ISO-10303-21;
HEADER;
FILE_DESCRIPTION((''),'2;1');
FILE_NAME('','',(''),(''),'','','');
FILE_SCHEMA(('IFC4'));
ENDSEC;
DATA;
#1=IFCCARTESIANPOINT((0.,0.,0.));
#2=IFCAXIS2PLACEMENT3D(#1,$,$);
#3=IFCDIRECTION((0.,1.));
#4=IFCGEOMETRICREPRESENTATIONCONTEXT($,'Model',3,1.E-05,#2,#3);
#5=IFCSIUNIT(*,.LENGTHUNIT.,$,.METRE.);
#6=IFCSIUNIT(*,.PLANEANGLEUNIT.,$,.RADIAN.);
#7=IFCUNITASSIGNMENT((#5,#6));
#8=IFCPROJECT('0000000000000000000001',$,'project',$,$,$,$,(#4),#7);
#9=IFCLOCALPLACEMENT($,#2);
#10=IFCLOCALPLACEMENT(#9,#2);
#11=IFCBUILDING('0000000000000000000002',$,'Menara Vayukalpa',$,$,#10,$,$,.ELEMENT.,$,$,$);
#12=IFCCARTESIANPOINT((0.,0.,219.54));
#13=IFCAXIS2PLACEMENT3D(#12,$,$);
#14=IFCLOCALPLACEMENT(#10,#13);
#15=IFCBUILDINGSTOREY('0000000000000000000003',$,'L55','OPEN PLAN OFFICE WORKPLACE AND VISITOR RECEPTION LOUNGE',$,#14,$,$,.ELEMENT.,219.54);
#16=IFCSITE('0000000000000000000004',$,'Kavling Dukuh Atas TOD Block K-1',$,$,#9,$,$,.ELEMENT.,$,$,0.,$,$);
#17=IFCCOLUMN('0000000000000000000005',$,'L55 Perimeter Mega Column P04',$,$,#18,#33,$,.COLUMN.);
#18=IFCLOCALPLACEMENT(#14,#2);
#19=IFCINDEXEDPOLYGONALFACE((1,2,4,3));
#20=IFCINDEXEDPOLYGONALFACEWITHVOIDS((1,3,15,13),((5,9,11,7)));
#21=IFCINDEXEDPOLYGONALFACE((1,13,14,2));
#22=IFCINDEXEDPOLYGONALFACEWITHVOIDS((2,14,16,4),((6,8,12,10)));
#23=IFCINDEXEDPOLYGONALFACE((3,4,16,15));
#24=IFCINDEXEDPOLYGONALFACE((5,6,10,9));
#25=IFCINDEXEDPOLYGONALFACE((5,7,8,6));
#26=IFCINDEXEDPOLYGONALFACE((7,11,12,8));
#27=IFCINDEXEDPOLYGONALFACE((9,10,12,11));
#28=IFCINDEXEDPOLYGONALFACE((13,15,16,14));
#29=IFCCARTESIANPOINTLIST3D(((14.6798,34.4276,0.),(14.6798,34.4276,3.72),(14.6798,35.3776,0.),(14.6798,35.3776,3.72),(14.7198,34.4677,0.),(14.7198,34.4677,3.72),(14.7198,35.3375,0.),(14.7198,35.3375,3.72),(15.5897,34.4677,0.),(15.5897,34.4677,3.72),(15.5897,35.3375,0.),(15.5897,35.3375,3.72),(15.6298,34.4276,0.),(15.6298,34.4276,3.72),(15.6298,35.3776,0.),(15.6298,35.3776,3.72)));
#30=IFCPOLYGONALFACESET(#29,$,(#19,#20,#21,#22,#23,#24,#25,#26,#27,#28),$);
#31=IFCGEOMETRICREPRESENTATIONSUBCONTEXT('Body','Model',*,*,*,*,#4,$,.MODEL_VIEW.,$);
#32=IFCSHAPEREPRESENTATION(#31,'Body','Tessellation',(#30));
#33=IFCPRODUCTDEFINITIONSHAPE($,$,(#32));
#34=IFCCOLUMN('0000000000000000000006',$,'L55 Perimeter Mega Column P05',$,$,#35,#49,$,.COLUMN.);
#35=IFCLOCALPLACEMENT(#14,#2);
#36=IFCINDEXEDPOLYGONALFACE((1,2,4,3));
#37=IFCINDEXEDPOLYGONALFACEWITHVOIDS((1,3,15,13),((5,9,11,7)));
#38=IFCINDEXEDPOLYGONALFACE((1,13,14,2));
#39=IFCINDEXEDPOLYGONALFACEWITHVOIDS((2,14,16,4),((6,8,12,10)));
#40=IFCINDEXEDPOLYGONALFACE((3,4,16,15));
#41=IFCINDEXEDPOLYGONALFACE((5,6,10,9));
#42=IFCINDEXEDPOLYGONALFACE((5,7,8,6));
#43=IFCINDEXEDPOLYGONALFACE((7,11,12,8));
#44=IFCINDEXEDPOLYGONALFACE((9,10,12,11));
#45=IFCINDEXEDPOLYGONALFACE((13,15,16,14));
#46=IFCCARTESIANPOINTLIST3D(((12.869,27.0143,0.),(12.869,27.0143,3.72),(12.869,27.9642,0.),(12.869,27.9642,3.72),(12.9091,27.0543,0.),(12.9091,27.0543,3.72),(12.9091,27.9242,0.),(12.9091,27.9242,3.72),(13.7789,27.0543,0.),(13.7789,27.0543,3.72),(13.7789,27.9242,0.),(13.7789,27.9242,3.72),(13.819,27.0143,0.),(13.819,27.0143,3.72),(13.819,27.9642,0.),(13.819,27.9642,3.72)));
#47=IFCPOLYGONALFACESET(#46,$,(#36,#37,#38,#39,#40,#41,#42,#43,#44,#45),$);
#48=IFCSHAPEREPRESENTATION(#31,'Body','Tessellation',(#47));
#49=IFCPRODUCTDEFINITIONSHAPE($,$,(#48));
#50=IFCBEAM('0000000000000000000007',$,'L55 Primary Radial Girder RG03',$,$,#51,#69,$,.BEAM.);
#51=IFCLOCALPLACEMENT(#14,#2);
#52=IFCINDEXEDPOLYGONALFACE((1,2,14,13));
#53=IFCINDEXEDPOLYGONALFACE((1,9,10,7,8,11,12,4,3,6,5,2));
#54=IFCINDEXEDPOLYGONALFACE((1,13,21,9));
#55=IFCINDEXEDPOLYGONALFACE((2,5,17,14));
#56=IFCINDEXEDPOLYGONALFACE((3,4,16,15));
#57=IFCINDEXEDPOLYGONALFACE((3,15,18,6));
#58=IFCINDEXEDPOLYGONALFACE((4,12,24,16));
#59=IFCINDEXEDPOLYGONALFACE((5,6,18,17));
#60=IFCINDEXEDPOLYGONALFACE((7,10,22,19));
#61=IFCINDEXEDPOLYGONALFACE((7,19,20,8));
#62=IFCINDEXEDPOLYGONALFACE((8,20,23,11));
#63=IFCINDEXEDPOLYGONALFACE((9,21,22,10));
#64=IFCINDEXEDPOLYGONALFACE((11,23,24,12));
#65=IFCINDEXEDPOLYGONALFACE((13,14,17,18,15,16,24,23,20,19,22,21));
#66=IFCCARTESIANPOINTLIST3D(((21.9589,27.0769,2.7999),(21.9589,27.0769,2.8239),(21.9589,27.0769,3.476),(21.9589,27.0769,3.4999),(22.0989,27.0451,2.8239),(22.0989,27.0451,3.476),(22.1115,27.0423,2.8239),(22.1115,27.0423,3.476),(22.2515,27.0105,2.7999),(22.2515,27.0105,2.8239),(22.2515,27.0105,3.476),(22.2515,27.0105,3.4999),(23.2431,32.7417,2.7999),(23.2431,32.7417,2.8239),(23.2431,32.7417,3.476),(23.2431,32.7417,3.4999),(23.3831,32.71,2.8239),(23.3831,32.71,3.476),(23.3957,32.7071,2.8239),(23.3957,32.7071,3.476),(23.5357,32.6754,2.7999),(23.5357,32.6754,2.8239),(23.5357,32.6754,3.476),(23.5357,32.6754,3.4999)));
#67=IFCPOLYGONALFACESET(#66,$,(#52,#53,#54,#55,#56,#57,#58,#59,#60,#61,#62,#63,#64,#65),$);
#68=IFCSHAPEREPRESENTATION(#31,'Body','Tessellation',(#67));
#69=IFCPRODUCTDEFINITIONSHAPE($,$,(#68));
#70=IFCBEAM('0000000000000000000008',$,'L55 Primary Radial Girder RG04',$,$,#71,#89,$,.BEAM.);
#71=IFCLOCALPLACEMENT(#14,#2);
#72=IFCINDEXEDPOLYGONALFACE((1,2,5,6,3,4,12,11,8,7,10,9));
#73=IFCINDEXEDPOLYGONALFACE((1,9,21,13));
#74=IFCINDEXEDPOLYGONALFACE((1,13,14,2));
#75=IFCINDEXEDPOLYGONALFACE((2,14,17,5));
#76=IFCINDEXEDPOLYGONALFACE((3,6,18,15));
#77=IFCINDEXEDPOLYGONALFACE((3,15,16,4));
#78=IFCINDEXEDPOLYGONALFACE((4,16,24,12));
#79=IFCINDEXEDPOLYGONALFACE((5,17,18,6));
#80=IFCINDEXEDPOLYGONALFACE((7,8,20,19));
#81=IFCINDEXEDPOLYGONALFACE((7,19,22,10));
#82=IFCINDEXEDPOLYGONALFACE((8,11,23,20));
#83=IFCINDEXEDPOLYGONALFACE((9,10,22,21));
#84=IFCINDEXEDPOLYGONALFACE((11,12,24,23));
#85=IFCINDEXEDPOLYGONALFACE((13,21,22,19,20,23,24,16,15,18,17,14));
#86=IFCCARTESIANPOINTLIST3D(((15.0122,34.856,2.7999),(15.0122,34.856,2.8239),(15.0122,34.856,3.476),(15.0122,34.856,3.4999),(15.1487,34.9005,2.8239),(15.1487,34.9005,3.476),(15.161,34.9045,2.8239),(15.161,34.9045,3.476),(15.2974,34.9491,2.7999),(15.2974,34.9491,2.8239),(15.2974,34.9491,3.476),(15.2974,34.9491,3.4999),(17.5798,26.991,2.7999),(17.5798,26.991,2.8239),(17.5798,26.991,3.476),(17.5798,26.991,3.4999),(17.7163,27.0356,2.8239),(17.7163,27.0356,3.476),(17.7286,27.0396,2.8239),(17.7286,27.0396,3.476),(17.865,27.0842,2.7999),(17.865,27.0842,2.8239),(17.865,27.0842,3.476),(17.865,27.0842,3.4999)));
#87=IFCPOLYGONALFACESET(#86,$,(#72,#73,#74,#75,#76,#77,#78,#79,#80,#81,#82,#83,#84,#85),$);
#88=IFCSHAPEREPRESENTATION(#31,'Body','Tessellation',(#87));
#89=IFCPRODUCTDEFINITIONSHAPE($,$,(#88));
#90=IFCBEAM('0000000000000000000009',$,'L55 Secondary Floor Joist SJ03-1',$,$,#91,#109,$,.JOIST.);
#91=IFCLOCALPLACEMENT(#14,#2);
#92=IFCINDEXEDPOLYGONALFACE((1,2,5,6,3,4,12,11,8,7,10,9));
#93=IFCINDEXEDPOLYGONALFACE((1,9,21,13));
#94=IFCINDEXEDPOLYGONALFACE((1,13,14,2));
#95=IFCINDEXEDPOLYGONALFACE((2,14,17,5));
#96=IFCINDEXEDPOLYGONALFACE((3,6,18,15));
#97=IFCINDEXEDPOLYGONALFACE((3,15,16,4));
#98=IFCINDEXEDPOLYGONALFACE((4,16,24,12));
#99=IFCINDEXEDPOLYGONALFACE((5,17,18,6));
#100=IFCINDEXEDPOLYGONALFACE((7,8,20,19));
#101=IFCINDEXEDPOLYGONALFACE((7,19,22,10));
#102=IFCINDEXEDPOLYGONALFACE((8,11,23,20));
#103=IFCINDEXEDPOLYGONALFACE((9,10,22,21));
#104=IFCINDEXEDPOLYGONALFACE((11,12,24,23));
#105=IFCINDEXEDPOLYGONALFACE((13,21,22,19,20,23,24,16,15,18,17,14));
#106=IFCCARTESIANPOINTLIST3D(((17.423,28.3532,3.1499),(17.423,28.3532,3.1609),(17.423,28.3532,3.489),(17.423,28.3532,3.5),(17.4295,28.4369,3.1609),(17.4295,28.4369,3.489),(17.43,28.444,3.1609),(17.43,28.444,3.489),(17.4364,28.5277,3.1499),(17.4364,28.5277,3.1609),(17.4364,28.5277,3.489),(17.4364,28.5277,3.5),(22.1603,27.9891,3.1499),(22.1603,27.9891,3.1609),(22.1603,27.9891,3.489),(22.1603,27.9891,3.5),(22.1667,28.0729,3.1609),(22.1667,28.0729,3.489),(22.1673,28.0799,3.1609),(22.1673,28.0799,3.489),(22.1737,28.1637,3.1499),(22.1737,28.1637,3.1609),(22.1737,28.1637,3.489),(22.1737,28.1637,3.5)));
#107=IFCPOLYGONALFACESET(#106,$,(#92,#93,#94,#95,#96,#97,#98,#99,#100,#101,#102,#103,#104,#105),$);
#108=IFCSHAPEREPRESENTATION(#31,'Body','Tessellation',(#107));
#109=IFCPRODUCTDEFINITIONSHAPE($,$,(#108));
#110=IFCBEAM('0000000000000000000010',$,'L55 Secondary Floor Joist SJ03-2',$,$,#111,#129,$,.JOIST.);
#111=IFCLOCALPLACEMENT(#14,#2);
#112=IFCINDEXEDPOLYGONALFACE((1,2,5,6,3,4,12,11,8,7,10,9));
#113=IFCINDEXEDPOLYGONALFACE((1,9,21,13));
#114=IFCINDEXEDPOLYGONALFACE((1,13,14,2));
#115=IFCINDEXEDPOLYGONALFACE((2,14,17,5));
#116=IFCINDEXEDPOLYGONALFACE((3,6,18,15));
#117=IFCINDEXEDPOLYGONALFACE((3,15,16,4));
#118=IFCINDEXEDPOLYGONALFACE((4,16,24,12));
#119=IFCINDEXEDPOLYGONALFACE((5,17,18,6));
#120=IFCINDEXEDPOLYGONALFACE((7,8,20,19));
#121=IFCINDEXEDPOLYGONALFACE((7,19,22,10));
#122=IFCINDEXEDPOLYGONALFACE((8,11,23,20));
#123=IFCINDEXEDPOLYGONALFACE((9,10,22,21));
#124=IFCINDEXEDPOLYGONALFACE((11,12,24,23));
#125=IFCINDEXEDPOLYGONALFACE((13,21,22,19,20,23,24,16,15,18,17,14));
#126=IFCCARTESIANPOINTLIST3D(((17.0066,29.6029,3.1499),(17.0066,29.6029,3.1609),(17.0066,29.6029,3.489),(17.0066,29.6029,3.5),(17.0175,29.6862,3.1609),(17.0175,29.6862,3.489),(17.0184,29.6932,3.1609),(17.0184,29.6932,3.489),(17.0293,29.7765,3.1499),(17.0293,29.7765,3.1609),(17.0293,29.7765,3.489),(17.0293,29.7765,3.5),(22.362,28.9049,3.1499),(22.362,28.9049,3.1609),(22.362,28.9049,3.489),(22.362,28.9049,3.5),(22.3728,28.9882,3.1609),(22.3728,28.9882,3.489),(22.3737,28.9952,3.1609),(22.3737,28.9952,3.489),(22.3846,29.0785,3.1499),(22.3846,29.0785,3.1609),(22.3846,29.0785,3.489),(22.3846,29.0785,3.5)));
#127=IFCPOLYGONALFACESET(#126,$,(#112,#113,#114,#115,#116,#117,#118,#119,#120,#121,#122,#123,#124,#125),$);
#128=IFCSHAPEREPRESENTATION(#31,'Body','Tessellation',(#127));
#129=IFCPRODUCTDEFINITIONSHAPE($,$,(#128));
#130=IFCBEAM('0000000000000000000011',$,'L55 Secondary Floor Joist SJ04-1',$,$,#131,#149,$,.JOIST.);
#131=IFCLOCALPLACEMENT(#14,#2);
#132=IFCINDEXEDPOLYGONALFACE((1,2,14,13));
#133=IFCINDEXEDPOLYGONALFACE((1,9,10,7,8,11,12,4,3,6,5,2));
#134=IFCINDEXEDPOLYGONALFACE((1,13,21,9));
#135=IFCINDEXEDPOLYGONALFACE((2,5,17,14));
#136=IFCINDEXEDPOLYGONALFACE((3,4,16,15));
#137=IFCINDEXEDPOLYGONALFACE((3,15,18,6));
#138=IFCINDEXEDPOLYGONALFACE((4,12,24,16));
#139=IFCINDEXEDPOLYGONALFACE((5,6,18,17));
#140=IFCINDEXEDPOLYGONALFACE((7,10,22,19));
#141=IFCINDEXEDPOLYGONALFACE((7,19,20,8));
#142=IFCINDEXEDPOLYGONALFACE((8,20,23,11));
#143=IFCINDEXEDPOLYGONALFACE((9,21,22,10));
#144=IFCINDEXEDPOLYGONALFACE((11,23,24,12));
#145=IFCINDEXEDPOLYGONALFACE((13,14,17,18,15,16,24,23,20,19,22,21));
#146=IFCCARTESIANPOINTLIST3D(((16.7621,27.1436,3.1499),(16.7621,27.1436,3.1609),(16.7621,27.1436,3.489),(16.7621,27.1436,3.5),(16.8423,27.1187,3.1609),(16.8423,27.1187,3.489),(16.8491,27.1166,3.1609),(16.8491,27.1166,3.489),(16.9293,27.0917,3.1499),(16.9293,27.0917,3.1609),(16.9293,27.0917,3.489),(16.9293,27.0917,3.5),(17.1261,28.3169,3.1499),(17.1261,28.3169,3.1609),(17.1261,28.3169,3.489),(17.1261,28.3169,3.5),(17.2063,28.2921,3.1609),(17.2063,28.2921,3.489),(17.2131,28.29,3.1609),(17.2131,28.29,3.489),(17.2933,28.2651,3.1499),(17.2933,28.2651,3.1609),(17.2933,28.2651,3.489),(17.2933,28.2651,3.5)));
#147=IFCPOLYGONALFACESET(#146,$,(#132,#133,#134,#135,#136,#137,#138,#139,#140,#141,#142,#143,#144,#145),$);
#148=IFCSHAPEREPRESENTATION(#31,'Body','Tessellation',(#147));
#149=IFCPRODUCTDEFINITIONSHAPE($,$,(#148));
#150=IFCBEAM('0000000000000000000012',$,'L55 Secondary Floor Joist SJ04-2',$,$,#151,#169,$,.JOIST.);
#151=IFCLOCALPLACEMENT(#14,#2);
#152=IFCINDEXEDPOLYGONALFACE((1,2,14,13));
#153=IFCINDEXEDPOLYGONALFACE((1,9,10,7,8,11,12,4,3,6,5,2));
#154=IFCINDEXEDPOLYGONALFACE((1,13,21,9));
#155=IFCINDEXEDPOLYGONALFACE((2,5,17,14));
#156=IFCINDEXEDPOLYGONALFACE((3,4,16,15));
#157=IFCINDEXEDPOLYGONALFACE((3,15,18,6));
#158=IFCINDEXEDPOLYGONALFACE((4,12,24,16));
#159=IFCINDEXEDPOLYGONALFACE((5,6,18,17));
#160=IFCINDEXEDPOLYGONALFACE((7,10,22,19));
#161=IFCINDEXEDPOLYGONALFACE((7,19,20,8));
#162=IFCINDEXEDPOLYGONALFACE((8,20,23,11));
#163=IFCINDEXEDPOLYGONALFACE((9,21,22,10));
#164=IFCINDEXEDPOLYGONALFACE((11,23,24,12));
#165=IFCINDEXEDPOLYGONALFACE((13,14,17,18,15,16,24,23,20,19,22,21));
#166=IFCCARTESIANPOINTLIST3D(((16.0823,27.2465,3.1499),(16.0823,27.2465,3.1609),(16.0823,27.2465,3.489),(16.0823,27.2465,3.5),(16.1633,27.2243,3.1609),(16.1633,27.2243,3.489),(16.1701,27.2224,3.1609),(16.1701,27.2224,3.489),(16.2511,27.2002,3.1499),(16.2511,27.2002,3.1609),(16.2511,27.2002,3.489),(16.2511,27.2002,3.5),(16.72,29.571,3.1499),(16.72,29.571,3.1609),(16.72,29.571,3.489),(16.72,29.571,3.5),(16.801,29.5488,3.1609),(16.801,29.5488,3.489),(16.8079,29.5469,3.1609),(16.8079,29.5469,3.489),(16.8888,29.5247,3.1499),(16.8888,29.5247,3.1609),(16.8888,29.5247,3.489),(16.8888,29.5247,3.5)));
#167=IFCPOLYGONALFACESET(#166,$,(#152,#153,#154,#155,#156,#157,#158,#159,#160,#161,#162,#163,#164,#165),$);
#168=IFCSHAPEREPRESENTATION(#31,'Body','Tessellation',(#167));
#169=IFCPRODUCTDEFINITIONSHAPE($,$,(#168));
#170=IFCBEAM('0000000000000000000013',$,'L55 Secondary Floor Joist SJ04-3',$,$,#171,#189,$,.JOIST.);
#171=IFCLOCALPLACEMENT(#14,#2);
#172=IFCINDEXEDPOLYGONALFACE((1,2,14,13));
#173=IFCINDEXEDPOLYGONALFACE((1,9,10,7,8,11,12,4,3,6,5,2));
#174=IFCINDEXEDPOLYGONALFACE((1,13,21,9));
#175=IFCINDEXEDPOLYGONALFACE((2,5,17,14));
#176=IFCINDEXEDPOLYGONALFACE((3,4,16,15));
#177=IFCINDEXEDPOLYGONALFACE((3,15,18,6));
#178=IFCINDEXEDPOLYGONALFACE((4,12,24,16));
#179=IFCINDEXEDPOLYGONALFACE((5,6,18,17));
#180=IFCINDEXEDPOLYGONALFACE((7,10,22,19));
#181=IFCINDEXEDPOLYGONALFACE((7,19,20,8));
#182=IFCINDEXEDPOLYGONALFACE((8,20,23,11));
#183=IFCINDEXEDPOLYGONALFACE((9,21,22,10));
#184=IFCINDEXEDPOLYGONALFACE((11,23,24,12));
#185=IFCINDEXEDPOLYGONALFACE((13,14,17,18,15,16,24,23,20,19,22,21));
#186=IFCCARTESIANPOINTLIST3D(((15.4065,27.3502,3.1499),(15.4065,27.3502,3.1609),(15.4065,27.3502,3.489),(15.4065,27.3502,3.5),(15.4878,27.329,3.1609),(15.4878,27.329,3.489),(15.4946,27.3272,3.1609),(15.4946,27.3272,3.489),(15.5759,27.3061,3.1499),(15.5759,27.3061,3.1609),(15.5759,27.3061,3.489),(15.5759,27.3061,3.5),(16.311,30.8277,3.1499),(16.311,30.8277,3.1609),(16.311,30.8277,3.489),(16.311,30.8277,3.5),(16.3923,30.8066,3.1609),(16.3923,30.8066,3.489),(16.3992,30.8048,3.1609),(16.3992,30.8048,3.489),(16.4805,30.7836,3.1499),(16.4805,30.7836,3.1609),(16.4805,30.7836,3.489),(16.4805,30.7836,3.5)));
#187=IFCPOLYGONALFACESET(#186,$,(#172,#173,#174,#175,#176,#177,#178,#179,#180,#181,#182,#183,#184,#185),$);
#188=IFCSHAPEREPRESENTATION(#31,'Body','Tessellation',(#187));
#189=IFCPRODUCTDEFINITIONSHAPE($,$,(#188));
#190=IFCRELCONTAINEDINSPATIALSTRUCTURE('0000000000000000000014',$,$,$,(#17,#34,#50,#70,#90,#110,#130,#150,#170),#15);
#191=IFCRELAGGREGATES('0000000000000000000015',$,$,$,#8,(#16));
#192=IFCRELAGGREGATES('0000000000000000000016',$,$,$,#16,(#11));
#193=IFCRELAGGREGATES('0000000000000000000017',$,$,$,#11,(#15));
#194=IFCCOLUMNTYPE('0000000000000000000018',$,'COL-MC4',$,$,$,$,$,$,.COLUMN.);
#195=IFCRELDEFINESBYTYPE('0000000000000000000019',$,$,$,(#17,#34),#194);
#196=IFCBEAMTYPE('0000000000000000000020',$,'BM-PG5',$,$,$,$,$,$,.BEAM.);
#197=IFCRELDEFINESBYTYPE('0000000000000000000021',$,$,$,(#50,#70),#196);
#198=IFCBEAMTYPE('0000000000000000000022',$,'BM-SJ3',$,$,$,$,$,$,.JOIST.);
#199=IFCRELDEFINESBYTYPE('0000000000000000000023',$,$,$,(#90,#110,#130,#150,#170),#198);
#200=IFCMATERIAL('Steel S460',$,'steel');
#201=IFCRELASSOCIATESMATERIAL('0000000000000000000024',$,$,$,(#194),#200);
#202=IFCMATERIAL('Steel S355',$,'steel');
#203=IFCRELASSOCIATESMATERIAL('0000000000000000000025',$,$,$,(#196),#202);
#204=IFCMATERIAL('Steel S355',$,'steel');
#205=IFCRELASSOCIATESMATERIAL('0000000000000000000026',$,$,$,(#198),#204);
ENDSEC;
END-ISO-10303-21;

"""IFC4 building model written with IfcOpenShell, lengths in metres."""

from ifc_helpers import new_model, si_unit, direction, frame, origin, origin_2d, place, context, subcontext, project, spatial, hollow_rectangle, i_section, extrude, material, material_profile, profile_set, type_object, element, save


model = new_model("IFC4")

# Units and contexts
model_context = context("Model", 3, precision=1e-05, world=origin(), true_north=direction((0.0, 1.0)))
body_context = subcontext(model_context, "Body", "Model", "MODEL_VIEW")
ifc_project = project(units=[si_unit("LENGTHUNIT", "METRE"), si_unit("PLANEANGLEUNIT", "RADIAN")], contexts=[model_context])

# Site, building, storey
site_placement = place(None, origin())
site = spatial("IfcSite", under=ifc_project, at=site_placement, Name="Kavling Dukuh Atas TOD Block K-1", CompositionType="ELEMENT", RefElevation=0.0)
building_placement = place(site_placement, origin())
building = spatial("IfcBuilding", under=site, at=building_placement, Name="Menara Vayukalpa", CompositionType="ELEMENT")
storey_placement = place(building_placement, frame((0.0, 0.0, 219.54)))
storey = spatial("IfcBuildingStorey", under=building, at=storey_placement, Name="L55", Description="OPEN PLAN OFFICE WORKPLACE AND VISITOR RECEPTION LOUNGE", CompositionType="ELEMENT", Elevation=219.54)

# Columns
ifc_material_1 = material(Name="Steel S460", Category="steel")
ifc_material_profile_1 = material_profile(ifc_material_1, hollow_rectangle(XDim=0.95, YDim=0.95, WallThickness=0.04, at=origin_2d()), Name="BOX 950x950x40")
ifc_profile_set_1 = profile_set([ifc_material_profile_1], Name="Steel S460")
column_type = type_object("IfcColumnType", Name="COL-MC4", PredefinedType="COLUMN", material=ifc_profile_set_1)
for number, where, z_axis, x_axis, name in (
    (1, (15.1548, 34.9026, 0.0), (0.0, 0.0, 1.0), (1.0, 0.0, 0.0), "L55 Perimeter Mega Column P04"),
    (2, (13.344, 27.4893, 0.0), (0.0, 0.0, 1.0), (1.0, 0.0, 0.0), "L55 Perimeter Mega Column P05"),
):
    element("IfcColumn", number, at=place(storey_placement, frame(where, z_axis=z_axis, x_axis=x_axis)), inside=storey, type_object=column_type, Name=name, PredefinedType="COLUMN", context=body_context, shape_type="SweptSolid", body=[
        extrude(hollow_rectangle(XDim=0.95, YDim=0.95, WallThickness=0.04, at=origin_2d()), origin(), (0.0, 0.0, 1.0), 3.72),
    ])

# Beams
ifc_material_2 = material(Name="Steel S355", Category="steel")
ifc_material_profile_2 = material_profile(ifc_material_2, i_section(OverallWidth=0.3, OverallDepth=0.7, WebThickness=0.0129, FlangeThickness=0.0239, at=origin_2d()), Name="WF 700x300x13x24")
ifc_profile_set_2 = profile_set([ifc_material_profile_2], Name="Steel S355")
beam_type_1 = type_object("IfcBeamType", Name="BM-PG5", PredefinedType="BEAM", material=ifc_profile_set_2)
beam_1_placement = place(storey_placement, frame((22.1052, 27.0437, 3.1499), z_axis=(0.221085, 0.975255, 0.0), x_axis=(-0.975255, 0.221085, 0.0)))
element("IfcBeam", 3, at=beam_1_placement, inside=storey, type_object=beam_type_1, Name="L55 Primary Radial Girder RG03", PredefinedType="BEAM", context=body_context, shape_type="SweptSolid", body=[
    extrude(i_section(OverallWidth=0.3, OverallDepth=0.7, WebThickness=0.0129, FlangeThickness=0.0239, at=origin_2d()), origin(), (0.0, 0.0, 1.0), 5.8086),
])
beam_2_placement = place(storey_placement, frame((17.7224, 27.0376, 3.1499), z_axis=(-0.310344, 0.950624, 0.0), x_axis=(-0.950624, -0.310344, 0.0)))
element("IfcBeam", 4, at=beam_2_placement, inside=storey, type_object=beam_type_1, Name="L55 Primary Radial Girder RG04", PredefinedType="BEAM", context=body_context, shape_type="SweptSolid", body=[
    extrude(i_section(OverallWidth=0.3, OverallDepth=0.7, WebThickness=0.0129, FlangeThickness=0.0239, at=origin_2d()), origin(), (0.0, 0.0, 1.0), 8.2734),
])
ifc_material_3 = material(Name="Steel S355", Category="steel")
ifc_material_profile_3 = material_profile(ifc_material_3, i_section(OverallWidth=0.175, OverallDepth=0.3501, WebThickness=0.0071, FlangeThickness=0.011, at=origin_2d()), Name="WF 350x175x7x11")
ifc_profile_set_3 = profile_set([ifc_material_profile_3], Name="Steel S355")
beam_type_2 = type_object("IfcBeamType", Name="BM-SJ3", PredefinedType="JOIST", material=ifc_profile_set_3)
beam_3_placement = place(storey_placement, frame((22.167, 28.0764, 3.325), z_axis=(-0.997061, 0.076614, 0.0), x_axis=(-0.076614, -0.997061, 0.0)))
element("IfcBeam", 5, at=beam_3_placement, inside=storey, type_object=beam_type_2, Name="L55 Secondary Floor Joist SJ03-1", PredefinedType="JOIST", context=body_context, shape_type="SweptSolid", body=[
    extrude(i_section(OverallWidth=0.175, OverallDepth=0.3501, WebThickness=0.0071, FlangeThickness=0.011, at=origin_2d()), origin(), (0.0, 0.0, 1.0), 4.7512),
])
beam_4_placement = place(storey_placement, frame((22.3733, 28.9917, 3.325), z_axis=(-0.991613, 0.129246, 0.0), x_axis=(-0.129246, -0.991613, 0.0)))
element("IfcBeam", 6, at=beam_4_placement, inside=storey, type_object=beam_type_2, Name="L55 Secondary Floor Joist SJ03-2", PredefinedType="JOIST", context=body_context, shape_type="SweptSolid", body=[
    extrude(i_section(OverallWidth=0.175, OverallDepth=0.3501, WebThickness=0.0071, FlangeThickness=0.011, at=origin_2d()), origin(), (0.0, 0.0, 1.0), 5.4006),
])
beam_5_placement = place(storey_placement, frame((17.2097, 28.291, 3.325), z_axis=(-0.296305, -0.955093, 0.0), x_axis=(0.955093, -0.296305, 0.0)))
element("IfcBeam", 7, at=beam_5_placement, inside=storey, type_object=beam_type_2, Name="L55 Secondary Floor Joist SJ04-1", PredefinedType="JOIST", context=body_context, shape_type="SweptSolid", body=[
    extrude(i_section(OverallWidth=0.175, OverallDepth=0.3501, WebThickness=0.0071, FlangeThickness=0.011, at=origin_2d()), origin(), (0.0, 0.0, 1.0), 1.2285),
])
beam_6_placement = place(storey_placement, frame((16.8044, 29.5479, 3.325), z_axis=(-0.264566, -0.964368, 0.0), x_axis=(0.964368, -0.264566, 0.0)))
element("IfcBeam", 8, at=beam_6_placement, inside=storey, type_object=beam_type_2, Name="L55 Secondary Floor Joist SJ04-2", PredefinedType="JOIST", context=body_context, shape_type="SweptSolid", body=[
    extrude(i_section(OverallWidth=0.175, OverallDepth=0.3501, WebThickness=0.0071, FlangeThickness=0.011, at=origin_2d()), origin(), (0.0, 0.0, 1.0), 2.4104),
])
beam_7_placement = place(storey_placement, frame((16.3958, 30.8057, 3.325), z_axis=(-0.251733, -0.967797, 0.0), x_axis=(0.967797, -0.251733, 0.0)))
element("IfcBeam", 9, at=beam_7_placement, inside=storey, type_object=beam_type_2, Name="L55 Secondary Floor Joist SJ04-3", PredefinedType="JOIST", context=body_context, shape_type="SweptSolid", body=[
    extrude(i_section(OverallWidth=0.175, OverallDepth=0.3501, WebThickness=0.0071, FlangeThickness=0.011, at=origin_2d()), origin(), (0.0, 0.0, 1.0), 3.5933),
])

save(model, "model.ifc")
